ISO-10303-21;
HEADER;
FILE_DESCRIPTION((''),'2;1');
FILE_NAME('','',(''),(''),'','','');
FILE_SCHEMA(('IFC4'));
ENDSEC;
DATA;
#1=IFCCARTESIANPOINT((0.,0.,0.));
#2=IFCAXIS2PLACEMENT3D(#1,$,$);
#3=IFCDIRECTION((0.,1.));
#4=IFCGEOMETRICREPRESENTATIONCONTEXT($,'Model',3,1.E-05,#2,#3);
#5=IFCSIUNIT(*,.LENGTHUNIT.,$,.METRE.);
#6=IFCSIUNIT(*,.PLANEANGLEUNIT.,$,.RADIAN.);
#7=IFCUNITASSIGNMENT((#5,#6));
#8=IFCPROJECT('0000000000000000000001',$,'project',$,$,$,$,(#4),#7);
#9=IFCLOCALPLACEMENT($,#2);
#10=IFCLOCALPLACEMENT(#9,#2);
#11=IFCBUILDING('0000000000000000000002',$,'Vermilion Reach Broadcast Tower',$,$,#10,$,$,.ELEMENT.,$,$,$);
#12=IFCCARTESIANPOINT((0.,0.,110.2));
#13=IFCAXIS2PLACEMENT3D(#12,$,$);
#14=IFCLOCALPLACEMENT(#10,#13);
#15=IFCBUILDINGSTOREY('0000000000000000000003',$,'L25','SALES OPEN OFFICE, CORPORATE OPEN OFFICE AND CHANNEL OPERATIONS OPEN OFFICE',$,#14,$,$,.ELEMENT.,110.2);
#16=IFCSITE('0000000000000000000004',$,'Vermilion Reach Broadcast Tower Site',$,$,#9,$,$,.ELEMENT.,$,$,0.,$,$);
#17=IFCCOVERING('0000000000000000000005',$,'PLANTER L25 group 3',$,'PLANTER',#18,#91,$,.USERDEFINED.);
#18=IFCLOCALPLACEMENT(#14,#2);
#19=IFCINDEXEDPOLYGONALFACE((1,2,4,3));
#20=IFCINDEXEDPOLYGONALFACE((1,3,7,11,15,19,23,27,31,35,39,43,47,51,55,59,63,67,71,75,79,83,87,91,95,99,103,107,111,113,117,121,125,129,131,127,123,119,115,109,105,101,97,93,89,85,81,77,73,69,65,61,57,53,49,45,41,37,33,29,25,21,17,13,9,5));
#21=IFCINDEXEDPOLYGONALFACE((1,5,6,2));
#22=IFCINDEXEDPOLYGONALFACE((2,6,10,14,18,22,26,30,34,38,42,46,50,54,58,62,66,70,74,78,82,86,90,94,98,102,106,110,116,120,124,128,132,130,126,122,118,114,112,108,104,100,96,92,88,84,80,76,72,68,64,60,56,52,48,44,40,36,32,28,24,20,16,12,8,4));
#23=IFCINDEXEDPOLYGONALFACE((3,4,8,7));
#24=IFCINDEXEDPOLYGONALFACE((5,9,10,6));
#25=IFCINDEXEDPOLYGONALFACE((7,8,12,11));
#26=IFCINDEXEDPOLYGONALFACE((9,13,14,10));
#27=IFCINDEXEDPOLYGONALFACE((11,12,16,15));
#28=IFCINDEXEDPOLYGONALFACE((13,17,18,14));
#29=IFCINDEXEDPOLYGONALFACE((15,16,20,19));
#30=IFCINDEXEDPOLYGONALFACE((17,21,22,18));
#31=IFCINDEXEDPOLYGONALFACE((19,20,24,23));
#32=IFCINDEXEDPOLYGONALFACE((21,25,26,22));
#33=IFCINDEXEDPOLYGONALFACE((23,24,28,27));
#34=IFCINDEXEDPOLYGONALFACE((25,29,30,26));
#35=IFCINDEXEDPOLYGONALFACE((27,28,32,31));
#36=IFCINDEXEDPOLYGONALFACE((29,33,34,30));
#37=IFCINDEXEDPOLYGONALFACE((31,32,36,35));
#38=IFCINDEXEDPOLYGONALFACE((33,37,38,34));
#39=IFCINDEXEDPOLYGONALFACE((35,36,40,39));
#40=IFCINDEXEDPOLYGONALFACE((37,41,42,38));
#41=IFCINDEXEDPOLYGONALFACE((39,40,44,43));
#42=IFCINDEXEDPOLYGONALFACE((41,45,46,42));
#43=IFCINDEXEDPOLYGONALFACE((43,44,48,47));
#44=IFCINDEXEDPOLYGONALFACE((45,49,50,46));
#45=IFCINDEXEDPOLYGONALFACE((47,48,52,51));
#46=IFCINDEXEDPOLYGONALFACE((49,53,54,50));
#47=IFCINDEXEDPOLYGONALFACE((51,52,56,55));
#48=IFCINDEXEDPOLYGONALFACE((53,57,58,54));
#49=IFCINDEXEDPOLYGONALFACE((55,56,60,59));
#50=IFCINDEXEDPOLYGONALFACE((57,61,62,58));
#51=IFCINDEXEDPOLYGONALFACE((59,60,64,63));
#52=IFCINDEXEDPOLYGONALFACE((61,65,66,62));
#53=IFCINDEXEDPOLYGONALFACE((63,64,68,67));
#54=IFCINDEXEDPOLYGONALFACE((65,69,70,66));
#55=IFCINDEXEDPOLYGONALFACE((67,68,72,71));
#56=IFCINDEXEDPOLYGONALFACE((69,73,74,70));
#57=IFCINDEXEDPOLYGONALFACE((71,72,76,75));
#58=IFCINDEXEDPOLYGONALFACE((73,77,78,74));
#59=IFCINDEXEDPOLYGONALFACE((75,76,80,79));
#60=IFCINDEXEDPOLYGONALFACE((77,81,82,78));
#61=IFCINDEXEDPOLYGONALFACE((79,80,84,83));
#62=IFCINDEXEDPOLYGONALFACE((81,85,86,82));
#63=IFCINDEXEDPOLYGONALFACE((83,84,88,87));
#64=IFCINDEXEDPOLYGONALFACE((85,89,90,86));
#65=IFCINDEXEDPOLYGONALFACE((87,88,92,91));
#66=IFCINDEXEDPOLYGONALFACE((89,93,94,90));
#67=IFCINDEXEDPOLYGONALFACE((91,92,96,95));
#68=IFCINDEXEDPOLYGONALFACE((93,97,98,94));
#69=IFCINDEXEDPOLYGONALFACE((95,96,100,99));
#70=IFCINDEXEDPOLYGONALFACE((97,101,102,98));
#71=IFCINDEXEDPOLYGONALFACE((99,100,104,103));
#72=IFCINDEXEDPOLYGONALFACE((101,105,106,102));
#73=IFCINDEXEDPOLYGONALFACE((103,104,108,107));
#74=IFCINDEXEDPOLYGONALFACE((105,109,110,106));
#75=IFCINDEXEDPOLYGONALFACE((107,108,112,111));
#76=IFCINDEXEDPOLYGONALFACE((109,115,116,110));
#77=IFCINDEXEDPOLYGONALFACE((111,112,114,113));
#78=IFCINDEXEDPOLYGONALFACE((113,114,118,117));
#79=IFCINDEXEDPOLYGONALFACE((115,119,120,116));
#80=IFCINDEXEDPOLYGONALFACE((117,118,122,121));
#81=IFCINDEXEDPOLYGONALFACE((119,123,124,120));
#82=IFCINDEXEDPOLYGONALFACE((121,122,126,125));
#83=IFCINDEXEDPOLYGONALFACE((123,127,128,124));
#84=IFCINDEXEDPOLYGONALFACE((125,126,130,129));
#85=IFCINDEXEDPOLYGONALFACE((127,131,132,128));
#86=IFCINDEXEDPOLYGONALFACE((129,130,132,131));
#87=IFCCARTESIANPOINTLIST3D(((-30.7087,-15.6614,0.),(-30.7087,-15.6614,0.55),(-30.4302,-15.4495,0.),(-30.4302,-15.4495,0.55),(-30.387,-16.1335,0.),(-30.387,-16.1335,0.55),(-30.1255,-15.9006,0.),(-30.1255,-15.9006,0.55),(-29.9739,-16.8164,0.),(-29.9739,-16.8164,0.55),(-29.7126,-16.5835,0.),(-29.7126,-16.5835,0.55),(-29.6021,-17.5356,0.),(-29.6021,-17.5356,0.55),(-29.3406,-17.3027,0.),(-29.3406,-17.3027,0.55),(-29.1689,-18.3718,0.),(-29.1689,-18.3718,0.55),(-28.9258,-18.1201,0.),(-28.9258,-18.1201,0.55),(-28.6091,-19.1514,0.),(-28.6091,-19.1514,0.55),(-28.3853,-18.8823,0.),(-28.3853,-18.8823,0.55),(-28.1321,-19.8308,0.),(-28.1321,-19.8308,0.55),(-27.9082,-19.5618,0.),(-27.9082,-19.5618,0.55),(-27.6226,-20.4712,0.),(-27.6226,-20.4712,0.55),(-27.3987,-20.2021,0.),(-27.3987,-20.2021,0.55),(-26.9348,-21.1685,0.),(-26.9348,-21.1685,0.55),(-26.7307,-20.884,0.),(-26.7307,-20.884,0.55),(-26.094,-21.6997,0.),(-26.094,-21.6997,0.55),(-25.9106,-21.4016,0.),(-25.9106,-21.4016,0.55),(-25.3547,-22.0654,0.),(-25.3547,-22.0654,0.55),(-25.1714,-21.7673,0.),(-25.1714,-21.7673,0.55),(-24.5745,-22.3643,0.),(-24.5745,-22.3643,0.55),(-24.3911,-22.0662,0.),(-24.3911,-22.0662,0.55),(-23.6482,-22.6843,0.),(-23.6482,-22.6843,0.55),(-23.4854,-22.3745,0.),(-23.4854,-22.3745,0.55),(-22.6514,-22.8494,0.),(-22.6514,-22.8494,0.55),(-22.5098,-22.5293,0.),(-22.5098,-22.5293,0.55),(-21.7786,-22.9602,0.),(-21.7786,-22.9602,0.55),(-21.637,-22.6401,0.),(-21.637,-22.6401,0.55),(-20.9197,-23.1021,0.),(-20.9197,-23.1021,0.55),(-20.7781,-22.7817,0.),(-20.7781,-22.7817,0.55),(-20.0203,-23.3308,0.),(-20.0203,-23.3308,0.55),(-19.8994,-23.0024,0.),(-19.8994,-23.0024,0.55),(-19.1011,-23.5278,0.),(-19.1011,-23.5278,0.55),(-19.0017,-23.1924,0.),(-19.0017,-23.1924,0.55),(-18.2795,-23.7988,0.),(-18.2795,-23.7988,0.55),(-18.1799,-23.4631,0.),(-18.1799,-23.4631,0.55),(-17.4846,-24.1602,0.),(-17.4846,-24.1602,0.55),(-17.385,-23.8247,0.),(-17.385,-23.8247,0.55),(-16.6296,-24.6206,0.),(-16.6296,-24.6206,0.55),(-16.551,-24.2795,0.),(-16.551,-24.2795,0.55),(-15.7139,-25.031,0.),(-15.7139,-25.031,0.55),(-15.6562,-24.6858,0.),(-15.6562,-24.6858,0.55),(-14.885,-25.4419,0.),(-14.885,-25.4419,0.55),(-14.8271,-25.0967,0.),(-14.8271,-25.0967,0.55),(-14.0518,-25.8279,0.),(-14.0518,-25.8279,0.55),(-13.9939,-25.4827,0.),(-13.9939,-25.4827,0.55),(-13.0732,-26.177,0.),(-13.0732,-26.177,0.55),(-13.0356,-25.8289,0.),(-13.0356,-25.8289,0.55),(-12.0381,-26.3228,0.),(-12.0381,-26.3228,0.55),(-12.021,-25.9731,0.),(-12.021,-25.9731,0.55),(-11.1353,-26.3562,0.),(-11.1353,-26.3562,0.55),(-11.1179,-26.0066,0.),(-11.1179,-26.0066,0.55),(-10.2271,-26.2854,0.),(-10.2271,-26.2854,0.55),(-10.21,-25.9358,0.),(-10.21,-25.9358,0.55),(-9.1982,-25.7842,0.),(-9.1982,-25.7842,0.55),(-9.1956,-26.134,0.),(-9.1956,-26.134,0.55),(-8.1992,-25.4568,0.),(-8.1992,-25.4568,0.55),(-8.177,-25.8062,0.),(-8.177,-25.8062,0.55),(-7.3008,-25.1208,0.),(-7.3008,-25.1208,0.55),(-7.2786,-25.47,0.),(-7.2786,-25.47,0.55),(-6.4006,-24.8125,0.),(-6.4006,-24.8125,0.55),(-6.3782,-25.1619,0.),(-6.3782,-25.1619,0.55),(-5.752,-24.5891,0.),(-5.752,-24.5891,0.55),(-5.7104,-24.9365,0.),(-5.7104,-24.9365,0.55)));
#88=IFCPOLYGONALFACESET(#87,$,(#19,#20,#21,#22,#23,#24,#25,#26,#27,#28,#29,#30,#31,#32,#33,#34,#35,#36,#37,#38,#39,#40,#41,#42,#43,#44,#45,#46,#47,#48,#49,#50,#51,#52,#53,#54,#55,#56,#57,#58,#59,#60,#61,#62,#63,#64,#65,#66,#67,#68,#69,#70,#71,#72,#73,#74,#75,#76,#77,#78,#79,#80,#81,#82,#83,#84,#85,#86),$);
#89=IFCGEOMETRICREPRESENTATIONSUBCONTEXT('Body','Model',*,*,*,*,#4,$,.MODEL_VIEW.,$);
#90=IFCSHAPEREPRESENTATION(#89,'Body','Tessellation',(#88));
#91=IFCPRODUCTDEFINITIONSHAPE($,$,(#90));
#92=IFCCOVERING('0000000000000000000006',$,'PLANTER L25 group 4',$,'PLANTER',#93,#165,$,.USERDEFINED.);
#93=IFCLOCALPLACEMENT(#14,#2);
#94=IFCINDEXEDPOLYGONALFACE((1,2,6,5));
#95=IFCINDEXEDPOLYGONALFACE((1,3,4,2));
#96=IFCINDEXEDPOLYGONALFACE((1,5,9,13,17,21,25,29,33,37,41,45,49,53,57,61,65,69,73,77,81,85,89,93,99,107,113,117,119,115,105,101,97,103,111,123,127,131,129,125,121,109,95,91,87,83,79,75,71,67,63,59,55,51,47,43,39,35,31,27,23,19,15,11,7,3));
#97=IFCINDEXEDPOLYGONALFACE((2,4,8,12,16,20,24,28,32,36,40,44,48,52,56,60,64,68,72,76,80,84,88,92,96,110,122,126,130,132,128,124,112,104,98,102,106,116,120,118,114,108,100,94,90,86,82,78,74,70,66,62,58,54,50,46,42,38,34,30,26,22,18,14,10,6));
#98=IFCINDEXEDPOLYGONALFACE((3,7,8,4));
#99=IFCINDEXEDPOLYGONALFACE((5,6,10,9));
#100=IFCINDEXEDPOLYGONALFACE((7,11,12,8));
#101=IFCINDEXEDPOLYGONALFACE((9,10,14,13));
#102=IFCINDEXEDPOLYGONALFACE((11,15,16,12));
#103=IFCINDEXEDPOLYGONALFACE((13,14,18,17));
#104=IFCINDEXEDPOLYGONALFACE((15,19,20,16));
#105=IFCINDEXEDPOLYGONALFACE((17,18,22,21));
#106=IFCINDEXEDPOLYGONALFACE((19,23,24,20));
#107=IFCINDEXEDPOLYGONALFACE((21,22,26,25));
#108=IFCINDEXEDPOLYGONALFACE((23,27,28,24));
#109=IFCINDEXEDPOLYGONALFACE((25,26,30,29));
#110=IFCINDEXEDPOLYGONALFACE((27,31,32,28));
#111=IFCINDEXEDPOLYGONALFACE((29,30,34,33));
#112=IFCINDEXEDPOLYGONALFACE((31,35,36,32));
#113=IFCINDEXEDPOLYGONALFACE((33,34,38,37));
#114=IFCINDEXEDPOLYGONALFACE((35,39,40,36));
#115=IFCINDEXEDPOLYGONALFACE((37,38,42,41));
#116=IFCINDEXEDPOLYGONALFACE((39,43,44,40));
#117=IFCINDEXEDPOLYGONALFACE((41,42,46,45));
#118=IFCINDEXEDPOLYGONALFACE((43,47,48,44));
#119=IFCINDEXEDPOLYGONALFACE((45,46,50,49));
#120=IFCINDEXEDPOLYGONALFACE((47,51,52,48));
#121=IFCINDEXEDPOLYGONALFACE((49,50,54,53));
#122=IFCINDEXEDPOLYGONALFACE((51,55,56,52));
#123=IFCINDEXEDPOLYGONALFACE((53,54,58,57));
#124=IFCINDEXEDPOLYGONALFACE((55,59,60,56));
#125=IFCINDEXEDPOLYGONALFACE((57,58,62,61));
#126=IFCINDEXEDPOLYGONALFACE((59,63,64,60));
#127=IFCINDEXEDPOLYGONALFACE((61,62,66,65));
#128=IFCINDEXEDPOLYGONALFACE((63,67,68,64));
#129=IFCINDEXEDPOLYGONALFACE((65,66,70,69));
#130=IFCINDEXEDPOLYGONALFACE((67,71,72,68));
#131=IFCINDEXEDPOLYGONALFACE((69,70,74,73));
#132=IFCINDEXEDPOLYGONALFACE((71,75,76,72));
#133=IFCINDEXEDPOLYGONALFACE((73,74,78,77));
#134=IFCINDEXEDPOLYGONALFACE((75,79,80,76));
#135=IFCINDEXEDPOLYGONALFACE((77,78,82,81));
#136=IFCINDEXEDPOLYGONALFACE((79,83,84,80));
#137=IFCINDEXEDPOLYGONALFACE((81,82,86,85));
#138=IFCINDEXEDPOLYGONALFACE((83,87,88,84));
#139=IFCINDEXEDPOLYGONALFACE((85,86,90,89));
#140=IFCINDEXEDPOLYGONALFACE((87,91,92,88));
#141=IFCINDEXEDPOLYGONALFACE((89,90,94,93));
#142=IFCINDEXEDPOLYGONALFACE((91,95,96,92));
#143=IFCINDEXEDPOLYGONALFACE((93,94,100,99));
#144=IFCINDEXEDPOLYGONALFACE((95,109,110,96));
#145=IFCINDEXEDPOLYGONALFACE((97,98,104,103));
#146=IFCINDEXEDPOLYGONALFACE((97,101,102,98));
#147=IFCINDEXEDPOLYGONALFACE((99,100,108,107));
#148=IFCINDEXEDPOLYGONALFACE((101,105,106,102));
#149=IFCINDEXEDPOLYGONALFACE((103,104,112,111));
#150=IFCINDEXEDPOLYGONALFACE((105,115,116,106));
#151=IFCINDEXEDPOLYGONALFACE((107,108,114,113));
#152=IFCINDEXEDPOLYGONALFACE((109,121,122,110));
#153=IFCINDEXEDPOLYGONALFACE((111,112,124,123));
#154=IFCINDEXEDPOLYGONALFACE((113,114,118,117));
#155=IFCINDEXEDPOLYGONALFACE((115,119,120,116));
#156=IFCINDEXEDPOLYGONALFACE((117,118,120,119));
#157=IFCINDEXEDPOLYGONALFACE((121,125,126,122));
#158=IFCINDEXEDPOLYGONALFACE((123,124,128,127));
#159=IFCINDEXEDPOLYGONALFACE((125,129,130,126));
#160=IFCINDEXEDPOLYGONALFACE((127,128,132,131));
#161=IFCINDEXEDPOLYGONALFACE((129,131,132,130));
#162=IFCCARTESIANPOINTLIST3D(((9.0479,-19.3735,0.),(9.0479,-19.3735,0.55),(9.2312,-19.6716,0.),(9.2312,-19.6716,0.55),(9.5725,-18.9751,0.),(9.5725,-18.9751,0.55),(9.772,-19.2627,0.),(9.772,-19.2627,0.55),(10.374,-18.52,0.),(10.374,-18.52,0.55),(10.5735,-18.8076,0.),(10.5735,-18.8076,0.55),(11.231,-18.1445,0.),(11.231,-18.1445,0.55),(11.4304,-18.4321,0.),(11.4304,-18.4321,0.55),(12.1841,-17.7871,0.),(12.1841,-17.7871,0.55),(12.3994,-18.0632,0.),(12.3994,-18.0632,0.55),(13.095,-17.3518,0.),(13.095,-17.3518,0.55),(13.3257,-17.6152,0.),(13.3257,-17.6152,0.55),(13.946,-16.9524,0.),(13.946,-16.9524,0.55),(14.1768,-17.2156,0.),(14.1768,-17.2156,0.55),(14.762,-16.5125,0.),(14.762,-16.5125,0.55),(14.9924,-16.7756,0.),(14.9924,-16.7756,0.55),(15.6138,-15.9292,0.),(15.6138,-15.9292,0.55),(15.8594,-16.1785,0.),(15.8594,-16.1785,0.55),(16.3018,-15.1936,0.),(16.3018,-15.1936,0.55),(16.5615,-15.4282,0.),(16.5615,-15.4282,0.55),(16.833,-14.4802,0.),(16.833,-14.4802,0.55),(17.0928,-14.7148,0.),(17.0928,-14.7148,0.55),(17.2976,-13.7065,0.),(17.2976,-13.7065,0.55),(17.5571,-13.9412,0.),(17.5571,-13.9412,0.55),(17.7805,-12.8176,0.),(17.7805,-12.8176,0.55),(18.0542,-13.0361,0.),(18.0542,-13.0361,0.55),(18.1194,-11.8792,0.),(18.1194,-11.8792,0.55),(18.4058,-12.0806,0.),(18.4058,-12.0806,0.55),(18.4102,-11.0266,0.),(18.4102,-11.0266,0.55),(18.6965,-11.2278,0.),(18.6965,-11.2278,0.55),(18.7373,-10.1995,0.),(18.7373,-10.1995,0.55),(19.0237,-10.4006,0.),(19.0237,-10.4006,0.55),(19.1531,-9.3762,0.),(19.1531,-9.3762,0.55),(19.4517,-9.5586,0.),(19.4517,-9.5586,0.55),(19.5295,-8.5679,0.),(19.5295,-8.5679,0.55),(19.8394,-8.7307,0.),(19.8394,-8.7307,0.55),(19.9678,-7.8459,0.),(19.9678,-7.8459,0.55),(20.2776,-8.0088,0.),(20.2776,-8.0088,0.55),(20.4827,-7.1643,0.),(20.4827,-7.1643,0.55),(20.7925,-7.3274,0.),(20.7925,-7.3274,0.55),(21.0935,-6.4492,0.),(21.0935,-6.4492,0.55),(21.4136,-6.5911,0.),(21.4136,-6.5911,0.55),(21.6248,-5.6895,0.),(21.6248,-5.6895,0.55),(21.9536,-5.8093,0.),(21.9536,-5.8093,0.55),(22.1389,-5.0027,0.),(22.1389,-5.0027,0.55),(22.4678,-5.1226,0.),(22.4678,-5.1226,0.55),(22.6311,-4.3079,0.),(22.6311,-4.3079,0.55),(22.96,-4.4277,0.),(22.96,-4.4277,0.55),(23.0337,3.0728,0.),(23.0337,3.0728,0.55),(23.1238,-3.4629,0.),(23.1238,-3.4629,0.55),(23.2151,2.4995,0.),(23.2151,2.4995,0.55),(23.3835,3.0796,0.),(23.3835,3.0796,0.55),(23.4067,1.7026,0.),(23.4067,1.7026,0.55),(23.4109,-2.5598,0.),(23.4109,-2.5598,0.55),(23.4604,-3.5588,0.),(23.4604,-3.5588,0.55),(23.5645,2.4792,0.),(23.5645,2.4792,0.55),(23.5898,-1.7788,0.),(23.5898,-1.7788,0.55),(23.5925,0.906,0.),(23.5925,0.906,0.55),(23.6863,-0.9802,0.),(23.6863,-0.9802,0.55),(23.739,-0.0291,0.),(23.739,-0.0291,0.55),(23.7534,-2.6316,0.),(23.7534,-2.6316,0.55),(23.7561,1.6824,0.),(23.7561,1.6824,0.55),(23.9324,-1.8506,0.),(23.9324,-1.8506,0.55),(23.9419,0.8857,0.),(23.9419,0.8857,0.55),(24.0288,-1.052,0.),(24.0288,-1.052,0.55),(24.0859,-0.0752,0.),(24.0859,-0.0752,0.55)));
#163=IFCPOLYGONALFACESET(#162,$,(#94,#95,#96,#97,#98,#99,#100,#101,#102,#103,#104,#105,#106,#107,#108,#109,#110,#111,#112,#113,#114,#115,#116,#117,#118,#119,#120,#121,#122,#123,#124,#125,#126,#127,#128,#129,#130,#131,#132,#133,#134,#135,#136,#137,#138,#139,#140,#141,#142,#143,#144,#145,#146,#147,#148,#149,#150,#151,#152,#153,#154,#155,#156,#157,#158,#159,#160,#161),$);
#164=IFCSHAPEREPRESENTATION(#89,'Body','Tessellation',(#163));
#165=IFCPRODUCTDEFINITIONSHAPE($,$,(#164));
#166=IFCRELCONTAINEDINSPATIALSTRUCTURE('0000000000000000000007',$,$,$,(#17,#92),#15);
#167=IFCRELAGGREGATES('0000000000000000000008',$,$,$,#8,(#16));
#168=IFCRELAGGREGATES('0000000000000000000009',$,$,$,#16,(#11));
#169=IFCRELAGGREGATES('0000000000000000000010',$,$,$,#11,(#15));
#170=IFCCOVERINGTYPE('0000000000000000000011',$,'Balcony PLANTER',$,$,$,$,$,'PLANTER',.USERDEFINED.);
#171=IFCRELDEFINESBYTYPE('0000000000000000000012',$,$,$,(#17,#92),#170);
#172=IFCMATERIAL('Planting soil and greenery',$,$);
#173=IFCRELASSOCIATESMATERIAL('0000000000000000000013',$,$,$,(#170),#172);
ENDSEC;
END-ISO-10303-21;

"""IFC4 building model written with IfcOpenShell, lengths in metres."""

from ifc_helpers import new_model, si_unit, direction, frame, origin, place, context, subcontext, project, spatial, polyline, outline, extrude, material, type_object, element, save


model = new_model("IFC4")

# Units and contexts
model_context = context("Model", 3, precision=1e-05, world=origin(), true_north=direction((0.0, 1.0)))
body_context = subcontext(model_context, "Body", "Model", "MODEL_VIEW")
ifc_project = project(units=[si_unit("LENGTHUNIT", "METRE"), si_unit("PLANEANGLEUNIT", "RADIAN")], contexts=[model_context])

# Site, building, storey
site_placement = place(None, origin())
site = spatial("IfcSite", under=ifc_project, at=site_placement, Name="Vermilion Reach Broadcast Tower Site", CompositionType="ELEMENT", RefElevation=0.0)
building_placement = place(site_placement, origin())
building = spatial("IfcBuilding", under=site, at=building_placement, Name="Vermilion Reach Broadcast Tower", CompositionType="ELEMENT")
storey_placement = place(building_placement, frame((0.0, 0.0, 110.2)))
storey = spatial("IfcBuildingStorey", under=building, at=storey_placement, Name="L25", Description="SALES OPEN OFFICE, CORPORATE OPEN OFFICE AND CHANNEL OPERATIONS OPEN OFFICE", CompositionType="ELEMENT", Elevation=110.2)

# Shared definitions
placement_1 = place(storey_placement, origin())

# Coverings
ifc_material_1 = material(Name="Planting soil and greenery")
covering_type = type_object("IfcCoveringType", Name="Balcony PLANTER", ElementType="PLANTER", PredefinedType="USERDEFINED", material=ifc_material_1)
element("IfcCovering", 1, at=placement_1, inside=storey, type_object=covering_type, Name="PLANTER L25 group 3", ObjectType="PLANTER", PredefinedType="USERDEFINED", context=body_context, shape_type="SweptSolid", body=[
    extrude(outline(polyline([(-30.7087, -15.6614), (-30.387, -16.1335), (-29.9739, -16.8164), (-29.6021, -17.5356), (-29.1689, -18.3718), (-28.6091, -19.1514), (-28.1321, -19.8308), (-27.6226, -20.4712), (-26.9348, -21.1685), (-26.094, -21.6997), (-25.3547, -22.0654), (-24.5745, -22.3643), (-23.6482, -22.6843), (-22.6514, -22.8494), (-21.7786, -22.9602), (-20.9197, -23.1021), (-20.0203, -23.3308), (-19.1011, -23.5278), (-18.2795, -23.7988), (-17.4846, -24.1602), (-16.6296, -24.6206), (-15.7139, -25.031), (-14.885, -25.4419), (-14.0518, -25.8279), (-13.0732, -26.177), (-12.0381, -26.3228), (-11.1353, -26.3562), (-10.2271, -26.2854), (-9.1956, -26.134), (-8.177, -25.8062), (-7.2786, -25.47), (-6.3782, -25.1619), (-5.7104, -24.9365), (-5.752, -24.5891), (-6.4006, -24.8125), (-7.3008, -25.1208), (-8.1992, -25.4568), (-9.1982, -25.7842), (-10.21, -25.9358), (-11.1179, -26.0066), (-12.021, -25.9731), (-13.0356, -25.8289), (-13.9939, -25.4827), (-14.8271, -25.0967), (-15.6562, -24.6858), (-16.551, -24.2795), (-17.385, -23.8247), (-18.1799, -23.4631), (-19.0017, -23.1924), (-19.8994, -23.0024), (-20.7781, -22.7817), (-21.637, -22.6401), (-22.5098, -22.5293), (-23.4854, -22.3745), (-24.3911, -22.0662), (-25.1714, -21.7673), (-25.9106, -21.4016), (-26.7307, -20.884), (-27.3987, -20.2021), (-27.9082, -19.5618), (-28.3853, -18.8823), (-28.9258, -18.1201), (-29.3406, -17.3027), (-29.7126, -16.5835), (-30.1255, -15.9006), (-30.4302, -15.4495), (-30.7087, -15.6614)])), origin(), (0.0, 0.0, 1.0), 0.55),
])
element("IfcCovering", 2, at=placement_1, inside=storey, type_object=covering_type, Name="PLANTER L25 group 4", ObjectType="PLANTER", PredefinedType="USERDEFINED", context=body_context, shape_type="SweptSolid", body=[
    extrude(outline(polyline([(9.2312, -19.6716), (9.772, -19.2627), (10.5735, -18.8076), (11.4304, -18.4321), (12.3994, -18.0632), (13.3257, -17.6152), (14.1768, -17.2156), (14.9924, -16.7756), (15.8594, -16.1785), (16.5615, -15.4282), (17.0928, -14.7148), (17.5571, -13.9412), (18.0542, -13.0361), (18.4058, -12.0806), (18.6965, -11.2278), (19.0237, -10.4006), (19.4517, -9.5586), (19.8394, -8.7307), (20.2776, -8.0088), (20.7925, -7.3274), (21.4136, -6.5911), (21.9536, -5.8093), (22.4678, -5.1226), (22.96, -4.4277), (23.4604, -3.5588), (23.7534, -2.6316), (23.9324, -1.8506), (24.0288, -1.052), (24.0859, -0.0752), (23.9419, 0.8857), (23.7561, 1.6824), (23.5645, 2.4792), (23.3835, 3.0796), (23.0337, 3.0728), (23.2151, 2.4995), (23.4067, 1.7026), (23.5925, 0.906), (23.739, -0.0291), (23.6863, -0.9802), (23.5898, -1.7788), (23.4109, -2.5598), (23.1238, -3.4629), (22.6311, -4.3079), (22.1389, -5.0027), (21.6248, -5.6895), (21.0935, -6.4492), (20.4827, -7.1643), (19.9678, -7.8459), (19.5295, -8.5679), (19.1531, -9.3762), (18.7373, -10.1995), (18.4102, -11.0266), (18.1194, -11.8792), (17.7805, -12.8176), (17.2976, -13.7065), (16.833, -14.4802), (16.3018, -15.1936), (15.6138, -15.9292), (14.762, -16.5125), (13.946, -16.9524), (13.095, -17.3518), (12.1841, -17.7871), (11.231, -18.1445), (10.374, -18.52), (9.5725, -18.9751), (9.0479, -19.3735), (9.2312, -19.6716)])), origin(), (0.0, 0.0, 1.0), 0.55),
])

save(model, "model.ifc")
